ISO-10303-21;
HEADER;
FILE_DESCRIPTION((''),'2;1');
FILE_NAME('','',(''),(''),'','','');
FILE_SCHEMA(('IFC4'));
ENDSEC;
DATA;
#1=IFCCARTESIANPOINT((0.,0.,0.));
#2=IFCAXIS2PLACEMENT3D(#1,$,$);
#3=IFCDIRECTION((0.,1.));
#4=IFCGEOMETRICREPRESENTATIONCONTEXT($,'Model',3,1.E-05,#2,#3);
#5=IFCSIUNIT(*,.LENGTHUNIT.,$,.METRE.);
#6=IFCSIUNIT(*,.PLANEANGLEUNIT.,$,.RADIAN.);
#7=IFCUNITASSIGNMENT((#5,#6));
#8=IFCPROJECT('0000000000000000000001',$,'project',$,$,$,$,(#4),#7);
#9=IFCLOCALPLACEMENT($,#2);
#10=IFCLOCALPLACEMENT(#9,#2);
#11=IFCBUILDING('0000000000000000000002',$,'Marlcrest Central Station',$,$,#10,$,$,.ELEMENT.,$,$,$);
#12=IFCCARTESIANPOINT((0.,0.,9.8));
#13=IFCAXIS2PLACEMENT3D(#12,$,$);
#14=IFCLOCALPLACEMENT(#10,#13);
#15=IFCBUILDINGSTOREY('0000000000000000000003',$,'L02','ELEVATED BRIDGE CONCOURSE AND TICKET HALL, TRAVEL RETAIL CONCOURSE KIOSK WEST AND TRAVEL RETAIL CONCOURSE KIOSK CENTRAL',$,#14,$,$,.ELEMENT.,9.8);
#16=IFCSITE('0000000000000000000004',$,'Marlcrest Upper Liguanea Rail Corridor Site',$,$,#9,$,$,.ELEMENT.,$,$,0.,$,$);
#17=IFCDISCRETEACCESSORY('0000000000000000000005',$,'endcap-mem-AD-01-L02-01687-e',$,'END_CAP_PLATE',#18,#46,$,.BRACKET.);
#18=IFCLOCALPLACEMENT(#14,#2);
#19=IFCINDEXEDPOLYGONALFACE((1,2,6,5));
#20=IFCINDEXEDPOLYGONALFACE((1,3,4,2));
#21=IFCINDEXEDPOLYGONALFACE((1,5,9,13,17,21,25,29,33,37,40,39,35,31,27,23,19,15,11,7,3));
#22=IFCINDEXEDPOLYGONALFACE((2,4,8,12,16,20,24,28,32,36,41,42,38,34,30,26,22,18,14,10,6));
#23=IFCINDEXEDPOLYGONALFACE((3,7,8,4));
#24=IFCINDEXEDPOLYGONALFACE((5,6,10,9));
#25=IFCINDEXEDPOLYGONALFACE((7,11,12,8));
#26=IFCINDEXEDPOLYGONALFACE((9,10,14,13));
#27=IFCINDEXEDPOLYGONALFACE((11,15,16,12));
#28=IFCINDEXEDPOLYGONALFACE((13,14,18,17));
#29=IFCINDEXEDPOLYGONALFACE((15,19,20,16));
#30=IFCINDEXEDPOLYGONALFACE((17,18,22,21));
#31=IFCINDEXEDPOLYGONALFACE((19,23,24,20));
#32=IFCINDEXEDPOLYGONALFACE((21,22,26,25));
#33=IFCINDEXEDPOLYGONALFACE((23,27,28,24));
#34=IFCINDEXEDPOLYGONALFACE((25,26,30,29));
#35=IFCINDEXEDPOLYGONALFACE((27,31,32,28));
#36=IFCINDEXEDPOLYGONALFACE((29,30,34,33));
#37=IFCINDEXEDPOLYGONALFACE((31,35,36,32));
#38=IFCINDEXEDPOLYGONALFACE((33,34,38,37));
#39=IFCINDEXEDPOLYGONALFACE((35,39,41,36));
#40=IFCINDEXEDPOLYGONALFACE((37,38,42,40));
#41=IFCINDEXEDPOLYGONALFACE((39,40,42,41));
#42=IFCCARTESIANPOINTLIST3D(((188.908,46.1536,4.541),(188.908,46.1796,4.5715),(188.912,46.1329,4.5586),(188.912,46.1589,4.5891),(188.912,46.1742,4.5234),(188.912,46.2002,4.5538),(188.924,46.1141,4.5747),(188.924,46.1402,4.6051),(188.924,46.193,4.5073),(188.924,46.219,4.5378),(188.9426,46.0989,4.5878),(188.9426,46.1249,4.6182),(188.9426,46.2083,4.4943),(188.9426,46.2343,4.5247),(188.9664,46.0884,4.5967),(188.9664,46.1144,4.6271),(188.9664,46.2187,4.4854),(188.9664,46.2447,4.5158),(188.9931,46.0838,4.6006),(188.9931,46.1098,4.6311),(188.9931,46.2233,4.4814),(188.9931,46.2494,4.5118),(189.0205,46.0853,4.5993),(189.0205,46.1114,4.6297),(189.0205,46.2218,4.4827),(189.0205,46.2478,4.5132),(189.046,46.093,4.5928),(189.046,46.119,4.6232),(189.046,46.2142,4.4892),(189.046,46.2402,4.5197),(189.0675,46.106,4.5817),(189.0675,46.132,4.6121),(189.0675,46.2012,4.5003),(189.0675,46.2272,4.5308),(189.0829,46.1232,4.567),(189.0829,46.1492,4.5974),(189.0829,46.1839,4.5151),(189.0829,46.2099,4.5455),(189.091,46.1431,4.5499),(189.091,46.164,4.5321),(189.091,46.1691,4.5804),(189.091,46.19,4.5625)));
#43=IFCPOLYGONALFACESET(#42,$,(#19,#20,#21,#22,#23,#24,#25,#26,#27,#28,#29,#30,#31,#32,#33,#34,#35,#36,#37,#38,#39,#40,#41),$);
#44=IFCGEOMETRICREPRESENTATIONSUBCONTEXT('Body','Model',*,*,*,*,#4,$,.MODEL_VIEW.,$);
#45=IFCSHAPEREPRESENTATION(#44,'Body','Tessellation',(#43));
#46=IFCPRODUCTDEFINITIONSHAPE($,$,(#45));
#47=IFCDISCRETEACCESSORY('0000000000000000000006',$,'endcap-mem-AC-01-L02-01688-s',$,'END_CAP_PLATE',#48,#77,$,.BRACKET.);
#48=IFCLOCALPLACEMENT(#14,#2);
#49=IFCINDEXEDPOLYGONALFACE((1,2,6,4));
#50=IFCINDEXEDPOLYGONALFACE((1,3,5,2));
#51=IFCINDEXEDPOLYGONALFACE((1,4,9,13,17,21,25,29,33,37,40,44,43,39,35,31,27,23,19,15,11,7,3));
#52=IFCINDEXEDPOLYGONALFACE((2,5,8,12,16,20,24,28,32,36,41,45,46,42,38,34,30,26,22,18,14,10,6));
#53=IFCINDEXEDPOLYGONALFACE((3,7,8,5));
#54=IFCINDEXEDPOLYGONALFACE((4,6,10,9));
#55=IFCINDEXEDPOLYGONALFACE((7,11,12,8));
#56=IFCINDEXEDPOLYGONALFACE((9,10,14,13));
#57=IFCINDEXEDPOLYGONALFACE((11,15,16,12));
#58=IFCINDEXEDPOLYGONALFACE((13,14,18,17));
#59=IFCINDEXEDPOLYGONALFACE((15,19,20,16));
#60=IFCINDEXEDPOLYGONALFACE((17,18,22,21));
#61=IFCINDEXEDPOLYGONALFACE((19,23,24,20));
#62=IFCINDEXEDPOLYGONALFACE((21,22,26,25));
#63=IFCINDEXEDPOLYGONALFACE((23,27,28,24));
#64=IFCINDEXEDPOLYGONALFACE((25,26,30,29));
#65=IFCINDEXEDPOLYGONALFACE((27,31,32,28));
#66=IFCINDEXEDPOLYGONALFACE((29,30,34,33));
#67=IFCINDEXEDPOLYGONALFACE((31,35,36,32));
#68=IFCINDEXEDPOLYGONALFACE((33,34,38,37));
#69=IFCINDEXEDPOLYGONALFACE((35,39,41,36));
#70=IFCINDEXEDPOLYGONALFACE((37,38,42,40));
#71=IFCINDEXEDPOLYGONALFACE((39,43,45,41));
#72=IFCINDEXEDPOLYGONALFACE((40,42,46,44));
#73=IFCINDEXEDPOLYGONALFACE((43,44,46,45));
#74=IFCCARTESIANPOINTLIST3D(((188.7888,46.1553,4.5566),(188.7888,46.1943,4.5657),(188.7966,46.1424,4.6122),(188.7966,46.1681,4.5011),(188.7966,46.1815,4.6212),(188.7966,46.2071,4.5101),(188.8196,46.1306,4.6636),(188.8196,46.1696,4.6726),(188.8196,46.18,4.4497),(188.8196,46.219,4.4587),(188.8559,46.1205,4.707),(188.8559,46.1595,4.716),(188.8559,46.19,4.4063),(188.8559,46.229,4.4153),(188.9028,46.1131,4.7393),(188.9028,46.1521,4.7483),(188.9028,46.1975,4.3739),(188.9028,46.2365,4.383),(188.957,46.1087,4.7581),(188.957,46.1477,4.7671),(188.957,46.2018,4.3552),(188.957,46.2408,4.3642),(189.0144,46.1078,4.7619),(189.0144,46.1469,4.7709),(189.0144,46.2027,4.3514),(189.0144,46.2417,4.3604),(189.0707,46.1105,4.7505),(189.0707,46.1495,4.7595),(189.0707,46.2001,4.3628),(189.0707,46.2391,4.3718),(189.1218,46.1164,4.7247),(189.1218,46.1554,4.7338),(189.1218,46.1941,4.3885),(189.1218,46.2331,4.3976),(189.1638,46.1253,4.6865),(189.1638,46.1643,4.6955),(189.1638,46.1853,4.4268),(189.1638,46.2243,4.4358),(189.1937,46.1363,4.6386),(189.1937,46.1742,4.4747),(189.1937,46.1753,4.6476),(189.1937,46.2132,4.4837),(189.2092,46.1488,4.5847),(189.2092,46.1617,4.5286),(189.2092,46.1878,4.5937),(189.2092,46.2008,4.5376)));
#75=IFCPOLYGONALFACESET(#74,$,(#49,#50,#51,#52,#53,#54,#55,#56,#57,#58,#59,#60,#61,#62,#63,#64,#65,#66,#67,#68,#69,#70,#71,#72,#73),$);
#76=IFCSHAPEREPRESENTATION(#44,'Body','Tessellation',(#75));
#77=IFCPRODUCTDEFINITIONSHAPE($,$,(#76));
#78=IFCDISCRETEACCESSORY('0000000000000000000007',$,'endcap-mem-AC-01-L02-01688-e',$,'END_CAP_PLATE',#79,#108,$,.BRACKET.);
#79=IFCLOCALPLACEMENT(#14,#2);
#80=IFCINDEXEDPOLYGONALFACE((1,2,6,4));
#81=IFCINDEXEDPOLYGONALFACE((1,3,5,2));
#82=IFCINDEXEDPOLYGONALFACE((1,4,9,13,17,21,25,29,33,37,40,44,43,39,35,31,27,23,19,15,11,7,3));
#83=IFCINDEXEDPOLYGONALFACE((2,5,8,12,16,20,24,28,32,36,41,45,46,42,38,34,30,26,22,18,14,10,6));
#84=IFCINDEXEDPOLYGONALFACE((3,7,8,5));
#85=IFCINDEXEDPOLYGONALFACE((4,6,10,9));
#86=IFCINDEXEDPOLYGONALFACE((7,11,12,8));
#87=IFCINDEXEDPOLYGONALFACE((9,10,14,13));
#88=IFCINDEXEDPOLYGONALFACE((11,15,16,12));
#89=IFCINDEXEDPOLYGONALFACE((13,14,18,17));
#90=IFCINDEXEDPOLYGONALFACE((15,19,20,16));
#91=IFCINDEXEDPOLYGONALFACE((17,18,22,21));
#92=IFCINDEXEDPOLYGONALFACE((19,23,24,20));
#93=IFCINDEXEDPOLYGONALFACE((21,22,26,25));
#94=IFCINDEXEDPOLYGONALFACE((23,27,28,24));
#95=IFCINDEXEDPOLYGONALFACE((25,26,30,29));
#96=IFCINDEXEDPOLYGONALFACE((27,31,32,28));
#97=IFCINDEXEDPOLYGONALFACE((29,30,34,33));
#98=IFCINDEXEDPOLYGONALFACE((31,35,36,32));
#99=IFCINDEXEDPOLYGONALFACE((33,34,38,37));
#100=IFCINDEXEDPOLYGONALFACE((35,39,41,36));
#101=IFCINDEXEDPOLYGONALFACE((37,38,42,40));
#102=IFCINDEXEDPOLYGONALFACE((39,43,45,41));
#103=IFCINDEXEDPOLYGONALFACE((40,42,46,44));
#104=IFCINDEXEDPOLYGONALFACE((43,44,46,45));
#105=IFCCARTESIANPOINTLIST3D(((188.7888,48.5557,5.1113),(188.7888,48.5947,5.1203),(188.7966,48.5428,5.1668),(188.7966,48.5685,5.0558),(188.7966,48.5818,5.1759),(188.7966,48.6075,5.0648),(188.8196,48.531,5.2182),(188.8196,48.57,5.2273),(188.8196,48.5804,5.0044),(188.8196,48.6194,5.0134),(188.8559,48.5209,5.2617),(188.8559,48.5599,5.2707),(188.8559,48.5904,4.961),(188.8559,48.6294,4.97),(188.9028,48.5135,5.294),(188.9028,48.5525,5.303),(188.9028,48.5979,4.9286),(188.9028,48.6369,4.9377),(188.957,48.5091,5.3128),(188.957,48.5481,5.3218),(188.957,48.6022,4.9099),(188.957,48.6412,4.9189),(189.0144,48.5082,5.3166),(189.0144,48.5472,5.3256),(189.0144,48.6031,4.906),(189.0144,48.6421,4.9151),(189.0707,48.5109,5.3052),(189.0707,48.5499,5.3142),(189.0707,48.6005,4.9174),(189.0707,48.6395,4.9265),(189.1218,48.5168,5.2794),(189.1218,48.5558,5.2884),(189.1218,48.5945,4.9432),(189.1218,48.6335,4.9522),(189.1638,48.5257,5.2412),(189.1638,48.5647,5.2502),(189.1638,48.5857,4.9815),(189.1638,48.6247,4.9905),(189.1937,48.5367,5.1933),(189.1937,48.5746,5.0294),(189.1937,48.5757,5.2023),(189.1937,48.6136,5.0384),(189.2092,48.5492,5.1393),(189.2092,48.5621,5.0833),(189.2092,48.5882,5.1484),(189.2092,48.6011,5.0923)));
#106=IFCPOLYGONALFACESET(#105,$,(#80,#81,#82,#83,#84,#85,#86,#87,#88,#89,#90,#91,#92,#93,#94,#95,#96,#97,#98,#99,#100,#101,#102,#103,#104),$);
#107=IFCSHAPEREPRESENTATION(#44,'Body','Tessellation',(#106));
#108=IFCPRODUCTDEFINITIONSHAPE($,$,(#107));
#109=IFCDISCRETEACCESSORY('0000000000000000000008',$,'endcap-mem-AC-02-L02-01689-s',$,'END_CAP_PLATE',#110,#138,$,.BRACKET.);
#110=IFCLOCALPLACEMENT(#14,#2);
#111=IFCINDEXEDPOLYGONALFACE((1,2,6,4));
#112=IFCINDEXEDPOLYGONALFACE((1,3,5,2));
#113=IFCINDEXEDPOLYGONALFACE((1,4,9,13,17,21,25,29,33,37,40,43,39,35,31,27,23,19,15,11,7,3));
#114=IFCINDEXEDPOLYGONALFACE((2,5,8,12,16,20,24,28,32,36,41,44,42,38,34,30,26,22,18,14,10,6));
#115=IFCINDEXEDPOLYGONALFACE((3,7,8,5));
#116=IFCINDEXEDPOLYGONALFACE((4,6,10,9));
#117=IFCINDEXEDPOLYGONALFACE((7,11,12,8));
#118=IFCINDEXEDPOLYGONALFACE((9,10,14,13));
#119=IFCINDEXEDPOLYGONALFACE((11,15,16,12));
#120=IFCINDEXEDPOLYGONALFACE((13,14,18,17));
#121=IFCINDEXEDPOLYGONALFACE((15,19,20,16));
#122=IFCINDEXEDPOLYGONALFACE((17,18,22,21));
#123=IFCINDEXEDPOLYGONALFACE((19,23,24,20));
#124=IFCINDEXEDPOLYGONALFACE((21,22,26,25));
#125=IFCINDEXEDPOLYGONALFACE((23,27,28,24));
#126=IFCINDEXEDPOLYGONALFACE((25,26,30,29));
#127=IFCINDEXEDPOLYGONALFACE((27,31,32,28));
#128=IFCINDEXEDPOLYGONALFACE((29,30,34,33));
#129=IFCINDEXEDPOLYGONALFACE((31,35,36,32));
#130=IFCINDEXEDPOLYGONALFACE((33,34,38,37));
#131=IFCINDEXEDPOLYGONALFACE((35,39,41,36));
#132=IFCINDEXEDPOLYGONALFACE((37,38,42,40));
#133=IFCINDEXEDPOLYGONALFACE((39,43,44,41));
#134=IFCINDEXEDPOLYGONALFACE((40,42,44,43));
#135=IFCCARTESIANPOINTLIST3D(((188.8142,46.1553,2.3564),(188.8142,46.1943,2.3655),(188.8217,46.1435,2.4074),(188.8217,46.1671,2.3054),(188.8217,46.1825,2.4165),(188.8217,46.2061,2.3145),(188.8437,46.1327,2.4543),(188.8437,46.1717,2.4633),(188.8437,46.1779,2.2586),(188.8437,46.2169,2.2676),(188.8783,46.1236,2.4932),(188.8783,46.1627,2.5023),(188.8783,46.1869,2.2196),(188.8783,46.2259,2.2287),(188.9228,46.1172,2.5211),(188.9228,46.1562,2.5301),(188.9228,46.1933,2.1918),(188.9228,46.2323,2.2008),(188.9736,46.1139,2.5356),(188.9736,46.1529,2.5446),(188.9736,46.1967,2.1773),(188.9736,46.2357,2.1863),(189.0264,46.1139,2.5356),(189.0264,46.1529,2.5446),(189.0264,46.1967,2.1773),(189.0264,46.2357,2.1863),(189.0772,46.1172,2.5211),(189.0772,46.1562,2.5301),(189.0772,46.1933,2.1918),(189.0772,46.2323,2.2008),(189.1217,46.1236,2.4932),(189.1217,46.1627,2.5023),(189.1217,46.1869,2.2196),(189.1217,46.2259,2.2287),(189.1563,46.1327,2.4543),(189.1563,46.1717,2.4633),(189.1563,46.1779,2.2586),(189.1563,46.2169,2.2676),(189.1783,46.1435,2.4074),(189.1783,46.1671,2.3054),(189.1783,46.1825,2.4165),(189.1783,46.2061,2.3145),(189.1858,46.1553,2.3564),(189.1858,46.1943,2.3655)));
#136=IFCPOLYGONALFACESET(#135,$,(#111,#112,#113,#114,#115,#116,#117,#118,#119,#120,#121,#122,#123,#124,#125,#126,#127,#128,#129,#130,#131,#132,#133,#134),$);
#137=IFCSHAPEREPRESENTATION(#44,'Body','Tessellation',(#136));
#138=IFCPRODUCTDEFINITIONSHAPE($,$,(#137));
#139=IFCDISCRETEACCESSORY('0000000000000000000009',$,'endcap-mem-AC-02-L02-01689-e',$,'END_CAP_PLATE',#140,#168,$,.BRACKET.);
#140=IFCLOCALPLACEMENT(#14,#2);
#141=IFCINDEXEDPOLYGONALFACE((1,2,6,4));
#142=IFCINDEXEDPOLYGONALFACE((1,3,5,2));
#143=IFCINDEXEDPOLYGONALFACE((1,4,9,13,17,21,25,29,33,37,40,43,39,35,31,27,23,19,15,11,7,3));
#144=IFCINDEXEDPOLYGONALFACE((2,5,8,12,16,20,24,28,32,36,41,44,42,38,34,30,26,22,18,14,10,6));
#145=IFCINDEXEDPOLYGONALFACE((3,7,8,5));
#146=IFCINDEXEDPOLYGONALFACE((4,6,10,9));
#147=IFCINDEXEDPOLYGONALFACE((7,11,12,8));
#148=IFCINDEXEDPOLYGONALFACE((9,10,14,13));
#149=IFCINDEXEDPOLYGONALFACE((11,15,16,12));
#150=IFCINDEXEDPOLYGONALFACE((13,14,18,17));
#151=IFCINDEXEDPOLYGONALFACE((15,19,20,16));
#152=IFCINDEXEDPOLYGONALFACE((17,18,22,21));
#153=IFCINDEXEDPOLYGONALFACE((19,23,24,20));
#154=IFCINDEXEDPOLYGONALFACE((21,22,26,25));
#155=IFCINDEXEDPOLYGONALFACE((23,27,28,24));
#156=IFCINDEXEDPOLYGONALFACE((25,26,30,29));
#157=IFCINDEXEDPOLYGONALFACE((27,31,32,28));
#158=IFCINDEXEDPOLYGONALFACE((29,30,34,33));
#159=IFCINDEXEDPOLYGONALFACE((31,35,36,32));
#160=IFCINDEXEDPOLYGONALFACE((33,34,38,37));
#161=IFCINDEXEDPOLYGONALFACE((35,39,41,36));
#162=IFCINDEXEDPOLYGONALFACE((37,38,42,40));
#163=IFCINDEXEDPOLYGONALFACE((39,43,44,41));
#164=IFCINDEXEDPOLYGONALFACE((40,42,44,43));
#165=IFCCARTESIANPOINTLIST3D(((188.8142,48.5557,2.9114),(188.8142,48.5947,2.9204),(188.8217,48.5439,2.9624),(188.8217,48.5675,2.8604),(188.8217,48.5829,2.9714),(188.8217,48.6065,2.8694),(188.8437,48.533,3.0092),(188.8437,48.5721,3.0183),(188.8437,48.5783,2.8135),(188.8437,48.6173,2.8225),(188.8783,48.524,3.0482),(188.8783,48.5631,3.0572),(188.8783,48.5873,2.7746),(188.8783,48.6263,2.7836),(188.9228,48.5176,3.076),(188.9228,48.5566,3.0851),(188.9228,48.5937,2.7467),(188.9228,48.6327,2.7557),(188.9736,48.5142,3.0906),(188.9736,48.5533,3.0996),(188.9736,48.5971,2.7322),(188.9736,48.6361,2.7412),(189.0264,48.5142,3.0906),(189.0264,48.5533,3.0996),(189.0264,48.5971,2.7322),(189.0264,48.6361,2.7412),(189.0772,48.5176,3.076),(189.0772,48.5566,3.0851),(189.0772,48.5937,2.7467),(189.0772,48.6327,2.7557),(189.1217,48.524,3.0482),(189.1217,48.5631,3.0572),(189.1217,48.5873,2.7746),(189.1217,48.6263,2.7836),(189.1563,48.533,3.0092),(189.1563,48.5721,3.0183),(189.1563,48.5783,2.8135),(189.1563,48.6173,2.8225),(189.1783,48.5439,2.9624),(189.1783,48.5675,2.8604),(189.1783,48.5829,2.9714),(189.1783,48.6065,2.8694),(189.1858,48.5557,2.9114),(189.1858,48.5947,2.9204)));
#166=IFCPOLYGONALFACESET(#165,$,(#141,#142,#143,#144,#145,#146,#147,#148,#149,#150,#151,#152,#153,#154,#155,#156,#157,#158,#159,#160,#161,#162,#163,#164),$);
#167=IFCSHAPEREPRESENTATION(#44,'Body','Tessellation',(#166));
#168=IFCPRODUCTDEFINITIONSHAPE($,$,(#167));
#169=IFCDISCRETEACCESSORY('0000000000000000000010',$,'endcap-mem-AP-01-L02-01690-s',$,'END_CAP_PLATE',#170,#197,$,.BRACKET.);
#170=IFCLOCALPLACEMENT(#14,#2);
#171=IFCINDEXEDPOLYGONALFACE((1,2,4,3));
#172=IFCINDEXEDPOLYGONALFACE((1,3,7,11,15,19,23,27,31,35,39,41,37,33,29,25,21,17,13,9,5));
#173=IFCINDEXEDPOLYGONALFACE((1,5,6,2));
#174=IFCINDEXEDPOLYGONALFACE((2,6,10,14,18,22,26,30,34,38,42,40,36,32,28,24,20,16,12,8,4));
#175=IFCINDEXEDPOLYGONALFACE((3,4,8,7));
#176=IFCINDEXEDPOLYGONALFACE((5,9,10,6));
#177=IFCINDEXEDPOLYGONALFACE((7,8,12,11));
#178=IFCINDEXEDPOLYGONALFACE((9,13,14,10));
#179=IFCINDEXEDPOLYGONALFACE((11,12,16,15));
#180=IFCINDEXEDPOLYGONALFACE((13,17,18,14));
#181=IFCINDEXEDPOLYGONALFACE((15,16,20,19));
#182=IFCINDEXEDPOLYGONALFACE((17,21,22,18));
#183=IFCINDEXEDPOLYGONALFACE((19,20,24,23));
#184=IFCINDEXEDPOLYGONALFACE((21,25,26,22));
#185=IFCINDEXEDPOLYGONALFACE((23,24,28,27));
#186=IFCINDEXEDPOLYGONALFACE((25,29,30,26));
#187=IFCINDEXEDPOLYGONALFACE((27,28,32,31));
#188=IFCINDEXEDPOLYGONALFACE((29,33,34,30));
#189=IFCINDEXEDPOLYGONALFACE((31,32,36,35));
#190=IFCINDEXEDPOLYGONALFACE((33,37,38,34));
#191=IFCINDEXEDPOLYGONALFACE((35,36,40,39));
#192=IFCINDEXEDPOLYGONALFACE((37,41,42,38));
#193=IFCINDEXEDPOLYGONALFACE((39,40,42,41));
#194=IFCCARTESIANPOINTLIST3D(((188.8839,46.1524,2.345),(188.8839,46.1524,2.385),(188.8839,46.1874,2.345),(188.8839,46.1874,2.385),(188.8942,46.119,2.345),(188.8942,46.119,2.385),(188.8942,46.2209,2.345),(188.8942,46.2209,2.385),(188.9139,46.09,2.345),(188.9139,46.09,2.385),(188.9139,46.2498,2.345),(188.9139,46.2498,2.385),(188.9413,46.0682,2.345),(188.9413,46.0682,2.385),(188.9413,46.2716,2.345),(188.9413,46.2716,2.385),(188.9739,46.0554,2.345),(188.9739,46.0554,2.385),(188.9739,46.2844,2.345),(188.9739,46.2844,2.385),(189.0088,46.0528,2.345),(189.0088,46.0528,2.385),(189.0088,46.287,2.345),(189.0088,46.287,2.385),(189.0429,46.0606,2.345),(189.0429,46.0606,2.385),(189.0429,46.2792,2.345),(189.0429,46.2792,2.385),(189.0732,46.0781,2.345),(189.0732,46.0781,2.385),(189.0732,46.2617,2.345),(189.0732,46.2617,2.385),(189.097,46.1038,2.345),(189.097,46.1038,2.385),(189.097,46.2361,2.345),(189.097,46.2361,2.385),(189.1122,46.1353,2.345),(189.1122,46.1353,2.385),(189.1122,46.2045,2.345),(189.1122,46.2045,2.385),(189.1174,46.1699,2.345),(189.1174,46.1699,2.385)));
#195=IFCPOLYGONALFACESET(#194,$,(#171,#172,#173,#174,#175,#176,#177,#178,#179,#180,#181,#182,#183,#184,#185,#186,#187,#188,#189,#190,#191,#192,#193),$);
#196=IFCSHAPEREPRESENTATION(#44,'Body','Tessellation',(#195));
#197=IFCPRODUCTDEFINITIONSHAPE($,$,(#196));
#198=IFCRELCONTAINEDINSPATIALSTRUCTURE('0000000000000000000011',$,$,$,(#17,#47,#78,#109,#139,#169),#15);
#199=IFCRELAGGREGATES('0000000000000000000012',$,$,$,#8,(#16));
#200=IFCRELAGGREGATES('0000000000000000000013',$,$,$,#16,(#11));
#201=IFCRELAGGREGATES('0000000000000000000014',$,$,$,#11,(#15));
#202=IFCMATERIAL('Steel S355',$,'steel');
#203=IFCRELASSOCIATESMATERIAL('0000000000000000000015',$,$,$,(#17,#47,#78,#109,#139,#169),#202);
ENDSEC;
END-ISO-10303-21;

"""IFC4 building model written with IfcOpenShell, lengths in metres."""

from ifc_helpers import new_model, si_unit, direction, frame, origin, origin_2d, place, context, subcontext, project, spatial, circle, extrude, material, element, save


model = new_model("IFC4")

# Units and contexts
model_context = context("Model", 3, precision=1e-05, world=origin(), true_north=direction((0.0, 1.0)))
body_context = subcontext(model_context, "Body", "Model", "MODEL_VIEW")
ifc_project = project(units=[si_unit("LENGTHUNIT", "METRE"), si_unit("PLANEANGLEUNIT", "RADIAN")], contexts=[model_context])

# Site, building, storey
site_placement = place(None, origin())
site = spatial("IfcSite", under=ifc_project, at=site_placement, Name="Marlcrest Upper Liguanea Rail Corridor Site", CompositionType="ELEMENT", RefElevation=0.0)
building_placement = place(site_placement, origin())
building = spatial("IfcBuilding", under=site, at=building_placement, Name="Marlcrest Central Station", CompositionType="ELEMENT")
storey_placement = place(building_placement, frame((0.0, 0.0, 9.8)))
storey = spatial("IfcBuildingStorey", under=building, at=storey_placement, Name="L02", Description="ELEVATED BRIDGE CONCOURSE AND TICKET HALL, TRAVEL RETAIL CONCOURSE KIOSK WEST AND TRAVEL RETAIL CONCOURSE KIOSK CENTRAL", CompositionType="ELEMENT", Elevation=9.8)

# Shared definitions
ifc_material_1 = material(Name="Steel S355", Category="steel")

# Discrete accessories
discrete_accessory_1_placement = place(storey_placement, frame((189.0, 46.1536, 4.541), z_axis=(0.0, 0.649625, 0.760255), x_axis=(-1.0, 0.0, 0.0)))
element("IfcDiscreteAccessory", 1, at=discrete_accessory_1_placement, inside=storey, material=ifc_material_1, Name="endcap-mem-AD-01-L02-01687-e", ObjectType="END_CAP_PLATE", PredefinedType="BRACKET", context=body_context, shape_type="SweptSolid", body=[
    extrude(circle(Radius=0.092, at=origin_2d()), origin(), (0.0, 0.0, 1.0), 0.04),
])
for number, where, z_axis, x_axis, name in (
    (2, (189.0, 46.1553, 4.5566), (0.0, 0.97433, 0.225126), (-1.0, 0.0, 0.0), "endcap-mem-AC-01-L02-01688-s"),
    (3, (189.0, 48.5557, 5.1113), (0.0, 0.97433, 0.225126), (-1.0, 0.0, 0.0), "endcap-mem-AC-01-L02-01688-e"),
):
    element("IfcDiscreteAccessory", number, at=place(storey_placement, frame(where, z_axis=z_axis, x_axis=x_axis)), inside=storey, material=ifc_material_1, Name=name, ObjectType="END_CAP_PLATE", PredefinedType="BRACKET", context=body_context, shape_type="SweptSolid", body=[
        extrude(circle(Radius=0.2112, at=origin_2d()), origin(), (0.0, 0.0, 1.0), 0.04),
    ])
for number, where, z_axis, x_axis, name in (
    (4, (189.0, 46.1553, 2.3564), (0.0, 0.974308, 0.22522), (-1.0, 0.0, 0.0), "endcap-mem-AC-02-L02-01689-s"),
    (5, (189.0, 48.5557, 2.9114), (0.0, 0.974308, 0.22522), (-1.0, 0.0, 0.0), "endcap-mem-AC-02-L02-01689-e"),
):
    element("IfcDiscreteAccessory", number, at=place(storey_placement, frame(where, z_axis=z_axis, x_axis=x_axis)), inside=storey, material=ifc_material_1, Name=name, ObjectType="END_CAP_PLATE", PredefinedType="BRACKET", context=body_context, shape_type="SweptSolid", body=[
        extrude(circle(Radius=0.1858, at=origin_2d()), origin(), (0.0, 0.0, 1.0), 0.04),
    ])
for number, where, z_axis, x_axis, name in (
    (6, (189.0, 46.1699, 2.345), (0.0, 0.0, 1.0), (1.0, 0.0, 0.0), "endcap-mem-AP-01-L02-01690-s"),
):
    element("IfcDiscreteAccessory", number, at=place(storey_placement, frame(where, z_axis=z_axis, x_axis=x_axis)), inside=storey, material=ifc_material_1, Name=name, ObjectType="END_CAP_PLATE", PredefinedType="BRACKET", context=body_context, shape_type="SweptSolid", body=[
        extrude(circle(Radius=0.1174, at=origin_2d()), origin(), (0.0, 0.0, 1.0), 0.04),
    ])

save(model, "model.ifc")
